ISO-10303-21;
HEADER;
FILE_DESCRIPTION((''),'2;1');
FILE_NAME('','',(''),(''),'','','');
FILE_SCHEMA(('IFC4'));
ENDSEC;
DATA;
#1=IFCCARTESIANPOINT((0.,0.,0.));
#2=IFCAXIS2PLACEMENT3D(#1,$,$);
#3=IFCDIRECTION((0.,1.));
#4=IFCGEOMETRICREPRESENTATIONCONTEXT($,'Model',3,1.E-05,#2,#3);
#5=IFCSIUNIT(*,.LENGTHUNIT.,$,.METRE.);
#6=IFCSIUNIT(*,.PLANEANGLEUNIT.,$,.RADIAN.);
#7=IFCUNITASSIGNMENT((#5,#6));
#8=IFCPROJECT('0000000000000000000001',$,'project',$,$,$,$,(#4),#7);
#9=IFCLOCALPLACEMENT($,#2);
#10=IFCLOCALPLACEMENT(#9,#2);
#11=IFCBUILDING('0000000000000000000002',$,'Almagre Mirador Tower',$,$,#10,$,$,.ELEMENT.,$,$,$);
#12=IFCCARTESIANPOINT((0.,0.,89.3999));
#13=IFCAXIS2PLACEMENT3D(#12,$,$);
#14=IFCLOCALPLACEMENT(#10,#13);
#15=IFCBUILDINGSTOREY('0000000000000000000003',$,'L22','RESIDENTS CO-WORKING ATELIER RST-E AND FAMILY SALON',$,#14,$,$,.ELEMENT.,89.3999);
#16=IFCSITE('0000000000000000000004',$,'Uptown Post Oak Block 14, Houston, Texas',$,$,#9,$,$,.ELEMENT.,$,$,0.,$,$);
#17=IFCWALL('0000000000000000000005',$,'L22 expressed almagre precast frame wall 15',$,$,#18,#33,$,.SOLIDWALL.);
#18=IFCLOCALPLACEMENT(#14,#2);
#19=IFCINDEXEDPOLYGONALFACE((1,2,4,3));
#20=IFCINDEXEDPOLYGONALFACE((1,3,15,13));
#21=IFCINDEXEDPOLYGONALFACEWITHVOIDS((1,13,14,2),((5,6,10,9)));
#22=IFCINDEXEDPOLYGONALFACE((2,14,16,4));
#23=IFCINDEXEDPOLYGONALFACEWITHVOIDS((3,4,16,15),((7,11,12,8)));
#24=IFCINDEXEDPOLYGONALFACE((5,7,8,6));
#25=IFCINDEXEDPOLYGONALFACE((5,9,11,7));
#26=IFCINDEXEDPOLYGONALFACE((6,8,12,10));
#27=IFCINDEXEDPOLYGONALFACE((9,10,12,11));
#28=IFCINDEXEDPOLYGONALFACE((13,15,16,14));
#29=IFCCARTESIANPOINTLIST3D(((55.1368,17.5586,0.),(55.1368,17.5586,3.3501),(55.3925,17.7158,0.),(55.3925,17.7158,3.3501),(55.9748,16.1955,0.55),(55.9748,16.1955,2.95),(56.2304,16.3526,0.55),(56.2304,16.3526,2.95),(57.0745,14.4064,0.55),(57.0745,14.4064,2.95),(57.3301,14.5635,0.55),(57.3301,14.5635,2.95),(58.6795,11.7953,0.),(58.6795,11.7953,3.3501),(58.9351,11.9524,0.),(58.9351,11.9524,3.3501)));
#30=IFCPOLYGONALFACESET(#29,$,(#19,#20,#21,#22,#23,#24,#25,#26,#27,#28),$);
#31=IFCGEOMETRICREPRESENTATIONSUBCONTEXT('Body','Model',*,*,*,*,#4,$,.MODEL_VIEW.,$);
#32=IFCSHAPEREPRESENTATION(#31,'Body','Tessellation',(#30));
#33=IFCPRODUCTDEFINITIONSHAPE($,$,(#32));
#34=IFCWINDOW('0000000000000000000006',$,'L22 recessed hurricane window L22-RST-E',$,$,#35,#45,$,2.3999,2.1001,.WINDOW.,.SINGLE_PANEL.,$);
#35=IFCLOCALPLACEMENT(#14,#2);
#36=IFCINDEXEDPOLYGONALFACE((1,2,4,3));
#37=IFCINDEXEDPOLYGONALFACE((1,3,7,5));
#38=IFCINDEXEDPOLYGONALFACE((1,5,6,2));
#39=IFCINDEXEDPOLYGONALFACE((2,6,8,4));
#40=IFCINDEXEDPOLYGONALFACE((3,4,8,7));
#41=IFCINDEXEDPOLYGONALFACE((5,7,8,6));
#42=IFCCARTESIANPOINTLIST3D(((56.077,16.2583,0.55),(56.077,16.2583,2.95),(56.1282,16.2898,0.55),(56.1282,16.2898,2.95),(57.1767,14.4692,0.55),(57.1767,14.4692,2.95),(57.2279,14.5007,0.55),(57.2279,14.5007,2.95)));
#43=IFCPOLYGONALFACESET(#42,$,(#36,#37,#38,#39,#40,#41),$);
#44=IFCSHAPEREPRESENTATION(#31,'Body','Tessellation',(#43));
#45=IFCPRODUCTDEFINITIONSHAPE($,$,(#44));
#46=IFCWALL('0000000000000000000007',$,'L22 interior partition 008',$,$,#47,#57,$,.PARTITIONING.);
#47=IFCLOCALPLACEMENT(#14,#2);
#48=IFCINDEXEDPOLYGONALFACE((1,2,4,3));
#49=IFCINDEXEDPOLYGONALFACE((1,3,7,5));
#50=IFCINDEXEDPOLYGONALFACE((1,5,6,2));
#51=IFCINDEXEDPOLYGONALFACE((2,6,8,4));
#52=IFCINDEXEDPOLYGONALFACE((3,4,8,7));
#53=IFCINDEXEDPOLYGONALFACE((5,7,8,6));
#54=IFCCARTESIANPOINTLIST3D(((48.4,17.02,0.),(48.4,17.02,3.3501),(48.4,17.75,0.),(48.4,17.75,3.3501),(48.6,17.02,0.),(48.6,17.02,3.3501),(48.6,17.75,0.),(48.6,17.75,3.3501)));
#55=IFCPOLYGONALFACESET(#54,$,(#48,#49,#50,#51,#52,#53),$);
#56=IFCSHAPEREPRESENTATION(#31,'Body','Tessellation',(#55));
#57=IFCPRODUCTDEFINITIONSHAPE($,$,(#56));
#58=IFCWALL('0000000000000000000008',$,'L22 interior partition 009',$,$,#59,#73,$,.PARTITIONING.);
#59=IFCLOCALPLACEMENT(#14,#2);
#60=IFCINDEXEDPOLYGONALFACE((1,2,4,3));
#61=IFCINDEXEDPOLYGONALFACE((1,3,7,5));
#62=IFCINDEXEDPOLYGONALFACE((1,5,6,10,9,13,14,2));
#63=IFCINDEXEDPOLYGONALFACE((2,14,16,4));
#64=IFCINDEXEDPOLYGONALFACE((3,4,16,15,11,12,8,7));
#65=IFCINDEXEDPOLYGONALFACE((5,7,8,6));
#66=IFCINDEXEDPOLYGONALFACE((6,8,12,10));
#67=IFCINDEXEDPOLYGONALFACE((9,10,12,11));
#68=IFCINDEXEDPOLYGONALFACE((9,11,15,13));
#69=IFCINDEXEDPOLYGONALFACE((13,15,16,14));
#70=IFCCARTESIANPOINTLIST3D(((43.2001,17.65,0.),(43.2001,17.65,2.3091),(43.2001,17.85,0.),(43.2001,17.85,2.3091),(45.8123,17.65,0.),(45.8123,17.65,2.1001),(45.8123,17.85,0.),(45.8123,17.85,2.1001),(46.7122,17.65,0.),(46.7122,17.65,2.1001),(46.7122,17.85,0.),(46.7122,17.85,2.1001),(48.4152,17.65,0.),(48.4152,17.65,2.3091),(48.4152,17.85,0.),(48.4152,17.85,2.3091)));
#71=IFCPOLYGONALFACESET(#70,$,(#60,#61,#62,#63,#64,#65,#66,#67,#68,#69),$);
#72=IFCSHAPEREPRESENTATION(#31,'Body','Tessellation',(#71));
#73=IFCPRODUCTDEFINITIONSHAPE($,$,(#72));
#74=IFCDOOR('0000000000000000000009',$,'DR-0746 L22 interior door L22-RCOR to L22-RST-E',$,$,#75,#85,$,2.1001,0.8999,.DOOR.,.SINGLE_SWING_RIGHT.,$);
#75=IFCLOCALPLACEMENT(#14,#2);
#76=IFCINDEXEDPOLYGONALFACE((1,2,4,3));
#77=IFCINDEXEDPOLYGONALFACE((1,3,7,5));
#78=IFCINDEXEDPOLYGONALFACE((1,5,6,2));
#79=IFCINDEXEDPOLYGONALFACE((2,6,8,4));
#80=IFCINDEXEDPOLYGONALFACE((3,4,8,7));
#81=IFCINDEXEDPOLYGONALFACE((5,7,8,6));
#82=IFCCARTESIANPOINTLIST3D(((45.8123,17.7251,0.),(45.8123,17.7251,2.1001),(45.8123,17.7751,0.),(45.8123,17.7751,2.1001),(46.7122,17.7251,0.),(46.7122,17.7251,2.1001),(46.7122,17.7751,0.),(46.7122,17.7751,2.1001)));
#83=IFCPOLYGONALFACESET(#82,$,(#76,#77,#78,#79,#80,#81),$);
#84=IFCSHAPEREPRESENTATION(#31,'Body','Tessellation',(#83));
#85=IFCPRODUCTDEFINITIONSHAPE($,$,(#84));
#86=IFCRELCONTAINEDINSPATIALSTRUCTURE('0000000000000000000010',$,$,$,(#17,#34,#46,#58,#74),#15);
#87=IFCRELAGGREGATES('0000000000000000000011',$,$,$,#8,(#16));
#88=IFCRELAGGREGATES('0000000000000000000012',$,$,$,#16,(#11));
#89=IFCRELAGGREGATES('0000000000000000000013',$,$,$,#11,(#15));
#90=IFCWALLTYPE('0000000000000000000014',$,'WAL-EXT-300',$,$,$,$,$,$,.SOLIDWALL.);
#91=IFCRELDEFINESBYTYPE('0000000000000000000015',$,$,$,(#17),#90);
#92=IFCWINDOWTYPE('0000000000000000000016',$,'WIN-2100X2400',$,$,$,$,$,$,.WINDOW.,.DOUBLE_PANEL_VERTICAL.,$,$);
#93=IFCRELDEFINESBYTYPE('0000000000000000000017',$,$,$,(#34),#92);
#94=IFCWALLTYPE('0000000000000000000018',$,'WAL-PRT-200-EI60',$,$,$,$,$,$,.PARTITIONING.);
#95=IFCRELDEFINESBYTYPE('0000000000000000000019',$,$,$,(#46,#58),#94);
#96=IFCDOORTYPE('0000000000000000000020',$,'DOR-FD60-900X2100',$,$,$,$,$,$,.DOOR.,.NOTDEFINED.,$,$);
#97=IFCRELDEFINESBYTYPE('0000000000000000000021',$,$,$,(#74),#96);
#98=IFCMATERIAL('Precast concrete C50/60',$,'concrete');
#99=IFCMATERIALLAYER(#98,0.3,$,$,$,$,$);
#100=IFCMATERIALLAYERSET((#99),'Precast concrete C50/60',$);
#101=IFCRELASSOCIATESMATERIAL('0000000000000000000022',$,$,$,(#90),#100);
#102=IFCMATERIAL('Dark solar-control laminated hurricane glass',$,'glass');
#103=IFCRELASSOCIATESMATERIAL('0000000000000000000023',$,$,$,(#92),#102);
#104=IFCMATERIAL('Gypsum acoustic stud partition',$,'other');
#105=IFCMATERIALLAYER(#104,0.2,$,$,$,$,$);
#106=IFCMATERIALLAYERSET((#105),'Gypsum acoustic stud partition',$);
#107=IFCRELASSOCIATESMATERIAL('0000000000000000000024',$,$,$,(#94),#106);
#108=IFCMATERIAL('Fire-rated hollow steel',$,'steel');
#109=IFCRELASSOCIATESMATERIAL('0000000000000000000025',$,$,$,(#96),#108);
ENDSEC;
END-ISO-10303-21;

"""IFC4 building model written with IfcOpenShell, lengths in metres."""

from ifc_helpers import new_model, si_unit, direction, frame, frame_2d, origin, place, context, subcontext, project, spatial, rectangle, extrude, material, layer, layer_set, type_object, element, fill, save


model = new_model("IFC4")

# Units and contexts
model_context = context("Model", 3, precision=1e-05, world=origin(), true_north=direction((0.0, 1.0)))
body_context = subcontext(model_context, "Body", "Model", "MODEL_VIEW")
ifc_project = project(units=[si_unit("LENGTHUNIT", "METRE"), si_unit("PLANEANGLEUNIT", "RADIAN")], contexts=[model_context])

# Site, building, storey
site_placement = place(None, origin())
site = spatial("IfcSite", under=ifc_project, at=site_placement, Name="Uptown Post Oak Block 14, Houston, Texas", CompositionType="ELEMENT", RefElevation=0.0)
building_placement = place(site_placement, origin())
building = spatial("IfcBuilding", under=site, at=building_placement, Name="Almagre Mirador Tower", CompositionType="ELEMENT")
storey_placement = place(building_placement, frame((0.0, 0.0, 89.3999)))
storey = spatial("IfcBuildingStorey", under=building, at=storey_placement, Name="L22", Description="RESIDENTS CO-WORKING ATELIER RST-E AND FAMILY SALON", CompositionType="ELEMENT", Elevation=89.3999)

# Shared definitions
ifc_material_1 = material(Name="Precast concrete C50/60", Category="concrete")
ifc_layer_1 = layer(ifc_material_1, 0.3)
ifc_layer_set_1 = layer_set([ifc_layer_1], Name="Precast concrete C50/60")
wall_type_1 = type_object("IfcWallType", Name="WAL-EXT-300", PredefinedType="SOLIDWALL", material=ifc_layer_set_1)

# Wall, opening, window
wall_1_placement = place(storey_placement, frame((55.2646, 17.6372, 0.0), z_axis=(0.0, 0.0, 1.0), x_axis=(0.523668, -0.851922, 0.0)))
wall_1 = element("IfcWall", 1, at=wall_1_placement, inside=storey, type_object=wall_type_1, Name="L22 expressed almagre precast frame wall 15", PredefinedType="SOLIDWALL", context=body_context, shape_type="SweptSolid", body=[
    extrude(rectangle(XDim=6.7651, YDim=0.3, at=frame_2d((3.3826, 0.0))), origin(), (0.0, 0.0, 1.0), 3.3501),
])
opening_1_placement = place(wall_1_placement, frame((1.6001, 0.0, 0.55)))
opening_1 = element("IfcOpeningElement", 2, at=opening_1_placement, cuts=wall_1, PredefinedType="OPENING", context=body_context, shape_type="SweptSolid", body=[
    extrude(rectangle(XDim=2.1001, YDim=2.3999, at=frame_2d((1.05, 1.2))), frame((0.0, 0.1599, 0.0), z_axis=(0.0, -1.0, 0.0), x_axis=(1.0, 0.0, 0.0)), (0.0, 0.0, 1.0), 0.32),
])
ifc_material_2 = material(Name="Dark solar-control laminated hurricane glass", Category="glass")
window_type_1 = type_object("IfcWindowType", Name="WIN-2100X2400", PartitioningType="DOUBLE_PANEL_VERTICAL", PredefinedType="WINDOW", material=ifc_material_2)
window_1_placement = place(opening_1_placement, origin())
window_1 = element("IfcWindow", 3, at=window_1_placement, inside=storey, type_object=window_type_1, Name="L22 recessed hurricane window L22-RST-E", OverallHeight=2.3999, OverallWidth=2.1001, PartitioningType="SINGLE_PANEL", PredefinedType="WINDOW", context=body_context, shape_type="SweptSolid", body=[
    extrude(rectangle(XDim=2.1001, YDim=2.3999, at=frame_2d((1.05, 1.2))), frame((0.0, 0.03, 0.0), z_axis=(0.0, -1.0, 0.0), x_axis=(1.0, 0.0, 0.0)), (0.0, 0.0, 1.0), 0.0601),
])
fill(opening_1, window_1)

# Wall
ifc_material_3 = material(Name="Gypsum acoustic stud partition", Category="other")
ifc_layer_2 = layer(ifc_material_3, 0.2)
ifc_layer_set_2 = layer_set([ifc_layer_2], Name="Gypsum acoustic stud partition")
wall_type_2 = type_object("IfcWallType", Name="WAL-PRT-200-EI60", PredefinedType="PARTITIONING", material=ifc_layer_set_2)
wall_2_placement = place(storey_placement, frame((48.5, 17.02, 0.0), z_axis=(0.0, 0.0, 1.0), x_axis=(0.0, 1.0, 0.0)))
element("IfcWall", 4, at=wall_2_placement, inside=storey, type_object=wall_type_2, Name="L22 interior partition 008", PredefinedType="PARTITIONING", context=body_context, shape_type="SweptSolid", body=[
    extrude(rectangle(XDim=0.73, YDim=0.2, at=frame_2d((0.365, 0.0))), origin(), (0.0, 0.0, 1.0), 3.3501),
])

# Wall, opening, door
wall_3_placement = place(storey_placement, frame((48.415, 17.75, 0.0), z_axis=(0.0, 0.0, 1.0), x_axis=(-1.0, 0.0, 0.0)))
wall_3 = element("IfcWall", 5, at=wall_3_placement, inside=storey, type_object=wall_type_2, Name="L22 interior partition 009", PredefinedType="PARTITIONING", context=body_context, shape_type="SweptSolid", body=[
    extrude(rectangle(XDim=5.2151, YDim=0.2, at=frame_2d((2.6074, 0.0))), origin(), (0.0, 0.0, 1.0), 2.3091),
])
opening_2_placement = place(wall_3_placement, frame((1.7029, 0.0, 0.0)))
opening_2 = element("IfcOpeningElement", 6, at=opening_2_placement, cuts=wall_3, PredefinedType="OPENING", context=body_context, shape_type="SweptSolid", body=[
    extrude(rectangle(XDim=0.8999, YDim=2.1001, at=frame_2d((0.45, 1.05))), frame((0.0, 0.1101, 0.0), z_axis=(0.0, -1.0, 0.0), x_axis=(1.0, 0.0, 0.0)), (0.0, 0.0, 1.0), 0.22),
])
ifc_material_4 = material(Name="Fire-rated hollow steel", Category="steel")
door_type = type_object("IfcDoorType", Name="DOR-FD60-900X2100", OperationType="NOTDEFINED", PredefinedType="DOOR", material=ifc_material_4)
door_placement = place(opening_2_placement, origin())
door = element("IfcDoor", 7, at=door_placement, inside=storey, type_object=door_type, Name="DR-0746 L22 interior door L22-RCOR to L22-RST-E", OperationType="SINGLE_SWING_RIGHT", OverallHeight=2.1001, OverallWidth=0.8999, PredefinedType="DOOR", context=body_context, shape_type="SweptSolid", body=[
    extrude(rectangle(XDim=0.8999, YDim=2.1001, at=frame_2d((0.45, 1.05))), frame((0.0, 0.0249, 0.0), z_axis=(0.0, -1.0, 0.0), x_axis=(1.0, 0.0, 0.0)), (0.0, 0.0, 1.0), 0.05),
])
fill(opening_2, door)

save(model, "model.ifc")
